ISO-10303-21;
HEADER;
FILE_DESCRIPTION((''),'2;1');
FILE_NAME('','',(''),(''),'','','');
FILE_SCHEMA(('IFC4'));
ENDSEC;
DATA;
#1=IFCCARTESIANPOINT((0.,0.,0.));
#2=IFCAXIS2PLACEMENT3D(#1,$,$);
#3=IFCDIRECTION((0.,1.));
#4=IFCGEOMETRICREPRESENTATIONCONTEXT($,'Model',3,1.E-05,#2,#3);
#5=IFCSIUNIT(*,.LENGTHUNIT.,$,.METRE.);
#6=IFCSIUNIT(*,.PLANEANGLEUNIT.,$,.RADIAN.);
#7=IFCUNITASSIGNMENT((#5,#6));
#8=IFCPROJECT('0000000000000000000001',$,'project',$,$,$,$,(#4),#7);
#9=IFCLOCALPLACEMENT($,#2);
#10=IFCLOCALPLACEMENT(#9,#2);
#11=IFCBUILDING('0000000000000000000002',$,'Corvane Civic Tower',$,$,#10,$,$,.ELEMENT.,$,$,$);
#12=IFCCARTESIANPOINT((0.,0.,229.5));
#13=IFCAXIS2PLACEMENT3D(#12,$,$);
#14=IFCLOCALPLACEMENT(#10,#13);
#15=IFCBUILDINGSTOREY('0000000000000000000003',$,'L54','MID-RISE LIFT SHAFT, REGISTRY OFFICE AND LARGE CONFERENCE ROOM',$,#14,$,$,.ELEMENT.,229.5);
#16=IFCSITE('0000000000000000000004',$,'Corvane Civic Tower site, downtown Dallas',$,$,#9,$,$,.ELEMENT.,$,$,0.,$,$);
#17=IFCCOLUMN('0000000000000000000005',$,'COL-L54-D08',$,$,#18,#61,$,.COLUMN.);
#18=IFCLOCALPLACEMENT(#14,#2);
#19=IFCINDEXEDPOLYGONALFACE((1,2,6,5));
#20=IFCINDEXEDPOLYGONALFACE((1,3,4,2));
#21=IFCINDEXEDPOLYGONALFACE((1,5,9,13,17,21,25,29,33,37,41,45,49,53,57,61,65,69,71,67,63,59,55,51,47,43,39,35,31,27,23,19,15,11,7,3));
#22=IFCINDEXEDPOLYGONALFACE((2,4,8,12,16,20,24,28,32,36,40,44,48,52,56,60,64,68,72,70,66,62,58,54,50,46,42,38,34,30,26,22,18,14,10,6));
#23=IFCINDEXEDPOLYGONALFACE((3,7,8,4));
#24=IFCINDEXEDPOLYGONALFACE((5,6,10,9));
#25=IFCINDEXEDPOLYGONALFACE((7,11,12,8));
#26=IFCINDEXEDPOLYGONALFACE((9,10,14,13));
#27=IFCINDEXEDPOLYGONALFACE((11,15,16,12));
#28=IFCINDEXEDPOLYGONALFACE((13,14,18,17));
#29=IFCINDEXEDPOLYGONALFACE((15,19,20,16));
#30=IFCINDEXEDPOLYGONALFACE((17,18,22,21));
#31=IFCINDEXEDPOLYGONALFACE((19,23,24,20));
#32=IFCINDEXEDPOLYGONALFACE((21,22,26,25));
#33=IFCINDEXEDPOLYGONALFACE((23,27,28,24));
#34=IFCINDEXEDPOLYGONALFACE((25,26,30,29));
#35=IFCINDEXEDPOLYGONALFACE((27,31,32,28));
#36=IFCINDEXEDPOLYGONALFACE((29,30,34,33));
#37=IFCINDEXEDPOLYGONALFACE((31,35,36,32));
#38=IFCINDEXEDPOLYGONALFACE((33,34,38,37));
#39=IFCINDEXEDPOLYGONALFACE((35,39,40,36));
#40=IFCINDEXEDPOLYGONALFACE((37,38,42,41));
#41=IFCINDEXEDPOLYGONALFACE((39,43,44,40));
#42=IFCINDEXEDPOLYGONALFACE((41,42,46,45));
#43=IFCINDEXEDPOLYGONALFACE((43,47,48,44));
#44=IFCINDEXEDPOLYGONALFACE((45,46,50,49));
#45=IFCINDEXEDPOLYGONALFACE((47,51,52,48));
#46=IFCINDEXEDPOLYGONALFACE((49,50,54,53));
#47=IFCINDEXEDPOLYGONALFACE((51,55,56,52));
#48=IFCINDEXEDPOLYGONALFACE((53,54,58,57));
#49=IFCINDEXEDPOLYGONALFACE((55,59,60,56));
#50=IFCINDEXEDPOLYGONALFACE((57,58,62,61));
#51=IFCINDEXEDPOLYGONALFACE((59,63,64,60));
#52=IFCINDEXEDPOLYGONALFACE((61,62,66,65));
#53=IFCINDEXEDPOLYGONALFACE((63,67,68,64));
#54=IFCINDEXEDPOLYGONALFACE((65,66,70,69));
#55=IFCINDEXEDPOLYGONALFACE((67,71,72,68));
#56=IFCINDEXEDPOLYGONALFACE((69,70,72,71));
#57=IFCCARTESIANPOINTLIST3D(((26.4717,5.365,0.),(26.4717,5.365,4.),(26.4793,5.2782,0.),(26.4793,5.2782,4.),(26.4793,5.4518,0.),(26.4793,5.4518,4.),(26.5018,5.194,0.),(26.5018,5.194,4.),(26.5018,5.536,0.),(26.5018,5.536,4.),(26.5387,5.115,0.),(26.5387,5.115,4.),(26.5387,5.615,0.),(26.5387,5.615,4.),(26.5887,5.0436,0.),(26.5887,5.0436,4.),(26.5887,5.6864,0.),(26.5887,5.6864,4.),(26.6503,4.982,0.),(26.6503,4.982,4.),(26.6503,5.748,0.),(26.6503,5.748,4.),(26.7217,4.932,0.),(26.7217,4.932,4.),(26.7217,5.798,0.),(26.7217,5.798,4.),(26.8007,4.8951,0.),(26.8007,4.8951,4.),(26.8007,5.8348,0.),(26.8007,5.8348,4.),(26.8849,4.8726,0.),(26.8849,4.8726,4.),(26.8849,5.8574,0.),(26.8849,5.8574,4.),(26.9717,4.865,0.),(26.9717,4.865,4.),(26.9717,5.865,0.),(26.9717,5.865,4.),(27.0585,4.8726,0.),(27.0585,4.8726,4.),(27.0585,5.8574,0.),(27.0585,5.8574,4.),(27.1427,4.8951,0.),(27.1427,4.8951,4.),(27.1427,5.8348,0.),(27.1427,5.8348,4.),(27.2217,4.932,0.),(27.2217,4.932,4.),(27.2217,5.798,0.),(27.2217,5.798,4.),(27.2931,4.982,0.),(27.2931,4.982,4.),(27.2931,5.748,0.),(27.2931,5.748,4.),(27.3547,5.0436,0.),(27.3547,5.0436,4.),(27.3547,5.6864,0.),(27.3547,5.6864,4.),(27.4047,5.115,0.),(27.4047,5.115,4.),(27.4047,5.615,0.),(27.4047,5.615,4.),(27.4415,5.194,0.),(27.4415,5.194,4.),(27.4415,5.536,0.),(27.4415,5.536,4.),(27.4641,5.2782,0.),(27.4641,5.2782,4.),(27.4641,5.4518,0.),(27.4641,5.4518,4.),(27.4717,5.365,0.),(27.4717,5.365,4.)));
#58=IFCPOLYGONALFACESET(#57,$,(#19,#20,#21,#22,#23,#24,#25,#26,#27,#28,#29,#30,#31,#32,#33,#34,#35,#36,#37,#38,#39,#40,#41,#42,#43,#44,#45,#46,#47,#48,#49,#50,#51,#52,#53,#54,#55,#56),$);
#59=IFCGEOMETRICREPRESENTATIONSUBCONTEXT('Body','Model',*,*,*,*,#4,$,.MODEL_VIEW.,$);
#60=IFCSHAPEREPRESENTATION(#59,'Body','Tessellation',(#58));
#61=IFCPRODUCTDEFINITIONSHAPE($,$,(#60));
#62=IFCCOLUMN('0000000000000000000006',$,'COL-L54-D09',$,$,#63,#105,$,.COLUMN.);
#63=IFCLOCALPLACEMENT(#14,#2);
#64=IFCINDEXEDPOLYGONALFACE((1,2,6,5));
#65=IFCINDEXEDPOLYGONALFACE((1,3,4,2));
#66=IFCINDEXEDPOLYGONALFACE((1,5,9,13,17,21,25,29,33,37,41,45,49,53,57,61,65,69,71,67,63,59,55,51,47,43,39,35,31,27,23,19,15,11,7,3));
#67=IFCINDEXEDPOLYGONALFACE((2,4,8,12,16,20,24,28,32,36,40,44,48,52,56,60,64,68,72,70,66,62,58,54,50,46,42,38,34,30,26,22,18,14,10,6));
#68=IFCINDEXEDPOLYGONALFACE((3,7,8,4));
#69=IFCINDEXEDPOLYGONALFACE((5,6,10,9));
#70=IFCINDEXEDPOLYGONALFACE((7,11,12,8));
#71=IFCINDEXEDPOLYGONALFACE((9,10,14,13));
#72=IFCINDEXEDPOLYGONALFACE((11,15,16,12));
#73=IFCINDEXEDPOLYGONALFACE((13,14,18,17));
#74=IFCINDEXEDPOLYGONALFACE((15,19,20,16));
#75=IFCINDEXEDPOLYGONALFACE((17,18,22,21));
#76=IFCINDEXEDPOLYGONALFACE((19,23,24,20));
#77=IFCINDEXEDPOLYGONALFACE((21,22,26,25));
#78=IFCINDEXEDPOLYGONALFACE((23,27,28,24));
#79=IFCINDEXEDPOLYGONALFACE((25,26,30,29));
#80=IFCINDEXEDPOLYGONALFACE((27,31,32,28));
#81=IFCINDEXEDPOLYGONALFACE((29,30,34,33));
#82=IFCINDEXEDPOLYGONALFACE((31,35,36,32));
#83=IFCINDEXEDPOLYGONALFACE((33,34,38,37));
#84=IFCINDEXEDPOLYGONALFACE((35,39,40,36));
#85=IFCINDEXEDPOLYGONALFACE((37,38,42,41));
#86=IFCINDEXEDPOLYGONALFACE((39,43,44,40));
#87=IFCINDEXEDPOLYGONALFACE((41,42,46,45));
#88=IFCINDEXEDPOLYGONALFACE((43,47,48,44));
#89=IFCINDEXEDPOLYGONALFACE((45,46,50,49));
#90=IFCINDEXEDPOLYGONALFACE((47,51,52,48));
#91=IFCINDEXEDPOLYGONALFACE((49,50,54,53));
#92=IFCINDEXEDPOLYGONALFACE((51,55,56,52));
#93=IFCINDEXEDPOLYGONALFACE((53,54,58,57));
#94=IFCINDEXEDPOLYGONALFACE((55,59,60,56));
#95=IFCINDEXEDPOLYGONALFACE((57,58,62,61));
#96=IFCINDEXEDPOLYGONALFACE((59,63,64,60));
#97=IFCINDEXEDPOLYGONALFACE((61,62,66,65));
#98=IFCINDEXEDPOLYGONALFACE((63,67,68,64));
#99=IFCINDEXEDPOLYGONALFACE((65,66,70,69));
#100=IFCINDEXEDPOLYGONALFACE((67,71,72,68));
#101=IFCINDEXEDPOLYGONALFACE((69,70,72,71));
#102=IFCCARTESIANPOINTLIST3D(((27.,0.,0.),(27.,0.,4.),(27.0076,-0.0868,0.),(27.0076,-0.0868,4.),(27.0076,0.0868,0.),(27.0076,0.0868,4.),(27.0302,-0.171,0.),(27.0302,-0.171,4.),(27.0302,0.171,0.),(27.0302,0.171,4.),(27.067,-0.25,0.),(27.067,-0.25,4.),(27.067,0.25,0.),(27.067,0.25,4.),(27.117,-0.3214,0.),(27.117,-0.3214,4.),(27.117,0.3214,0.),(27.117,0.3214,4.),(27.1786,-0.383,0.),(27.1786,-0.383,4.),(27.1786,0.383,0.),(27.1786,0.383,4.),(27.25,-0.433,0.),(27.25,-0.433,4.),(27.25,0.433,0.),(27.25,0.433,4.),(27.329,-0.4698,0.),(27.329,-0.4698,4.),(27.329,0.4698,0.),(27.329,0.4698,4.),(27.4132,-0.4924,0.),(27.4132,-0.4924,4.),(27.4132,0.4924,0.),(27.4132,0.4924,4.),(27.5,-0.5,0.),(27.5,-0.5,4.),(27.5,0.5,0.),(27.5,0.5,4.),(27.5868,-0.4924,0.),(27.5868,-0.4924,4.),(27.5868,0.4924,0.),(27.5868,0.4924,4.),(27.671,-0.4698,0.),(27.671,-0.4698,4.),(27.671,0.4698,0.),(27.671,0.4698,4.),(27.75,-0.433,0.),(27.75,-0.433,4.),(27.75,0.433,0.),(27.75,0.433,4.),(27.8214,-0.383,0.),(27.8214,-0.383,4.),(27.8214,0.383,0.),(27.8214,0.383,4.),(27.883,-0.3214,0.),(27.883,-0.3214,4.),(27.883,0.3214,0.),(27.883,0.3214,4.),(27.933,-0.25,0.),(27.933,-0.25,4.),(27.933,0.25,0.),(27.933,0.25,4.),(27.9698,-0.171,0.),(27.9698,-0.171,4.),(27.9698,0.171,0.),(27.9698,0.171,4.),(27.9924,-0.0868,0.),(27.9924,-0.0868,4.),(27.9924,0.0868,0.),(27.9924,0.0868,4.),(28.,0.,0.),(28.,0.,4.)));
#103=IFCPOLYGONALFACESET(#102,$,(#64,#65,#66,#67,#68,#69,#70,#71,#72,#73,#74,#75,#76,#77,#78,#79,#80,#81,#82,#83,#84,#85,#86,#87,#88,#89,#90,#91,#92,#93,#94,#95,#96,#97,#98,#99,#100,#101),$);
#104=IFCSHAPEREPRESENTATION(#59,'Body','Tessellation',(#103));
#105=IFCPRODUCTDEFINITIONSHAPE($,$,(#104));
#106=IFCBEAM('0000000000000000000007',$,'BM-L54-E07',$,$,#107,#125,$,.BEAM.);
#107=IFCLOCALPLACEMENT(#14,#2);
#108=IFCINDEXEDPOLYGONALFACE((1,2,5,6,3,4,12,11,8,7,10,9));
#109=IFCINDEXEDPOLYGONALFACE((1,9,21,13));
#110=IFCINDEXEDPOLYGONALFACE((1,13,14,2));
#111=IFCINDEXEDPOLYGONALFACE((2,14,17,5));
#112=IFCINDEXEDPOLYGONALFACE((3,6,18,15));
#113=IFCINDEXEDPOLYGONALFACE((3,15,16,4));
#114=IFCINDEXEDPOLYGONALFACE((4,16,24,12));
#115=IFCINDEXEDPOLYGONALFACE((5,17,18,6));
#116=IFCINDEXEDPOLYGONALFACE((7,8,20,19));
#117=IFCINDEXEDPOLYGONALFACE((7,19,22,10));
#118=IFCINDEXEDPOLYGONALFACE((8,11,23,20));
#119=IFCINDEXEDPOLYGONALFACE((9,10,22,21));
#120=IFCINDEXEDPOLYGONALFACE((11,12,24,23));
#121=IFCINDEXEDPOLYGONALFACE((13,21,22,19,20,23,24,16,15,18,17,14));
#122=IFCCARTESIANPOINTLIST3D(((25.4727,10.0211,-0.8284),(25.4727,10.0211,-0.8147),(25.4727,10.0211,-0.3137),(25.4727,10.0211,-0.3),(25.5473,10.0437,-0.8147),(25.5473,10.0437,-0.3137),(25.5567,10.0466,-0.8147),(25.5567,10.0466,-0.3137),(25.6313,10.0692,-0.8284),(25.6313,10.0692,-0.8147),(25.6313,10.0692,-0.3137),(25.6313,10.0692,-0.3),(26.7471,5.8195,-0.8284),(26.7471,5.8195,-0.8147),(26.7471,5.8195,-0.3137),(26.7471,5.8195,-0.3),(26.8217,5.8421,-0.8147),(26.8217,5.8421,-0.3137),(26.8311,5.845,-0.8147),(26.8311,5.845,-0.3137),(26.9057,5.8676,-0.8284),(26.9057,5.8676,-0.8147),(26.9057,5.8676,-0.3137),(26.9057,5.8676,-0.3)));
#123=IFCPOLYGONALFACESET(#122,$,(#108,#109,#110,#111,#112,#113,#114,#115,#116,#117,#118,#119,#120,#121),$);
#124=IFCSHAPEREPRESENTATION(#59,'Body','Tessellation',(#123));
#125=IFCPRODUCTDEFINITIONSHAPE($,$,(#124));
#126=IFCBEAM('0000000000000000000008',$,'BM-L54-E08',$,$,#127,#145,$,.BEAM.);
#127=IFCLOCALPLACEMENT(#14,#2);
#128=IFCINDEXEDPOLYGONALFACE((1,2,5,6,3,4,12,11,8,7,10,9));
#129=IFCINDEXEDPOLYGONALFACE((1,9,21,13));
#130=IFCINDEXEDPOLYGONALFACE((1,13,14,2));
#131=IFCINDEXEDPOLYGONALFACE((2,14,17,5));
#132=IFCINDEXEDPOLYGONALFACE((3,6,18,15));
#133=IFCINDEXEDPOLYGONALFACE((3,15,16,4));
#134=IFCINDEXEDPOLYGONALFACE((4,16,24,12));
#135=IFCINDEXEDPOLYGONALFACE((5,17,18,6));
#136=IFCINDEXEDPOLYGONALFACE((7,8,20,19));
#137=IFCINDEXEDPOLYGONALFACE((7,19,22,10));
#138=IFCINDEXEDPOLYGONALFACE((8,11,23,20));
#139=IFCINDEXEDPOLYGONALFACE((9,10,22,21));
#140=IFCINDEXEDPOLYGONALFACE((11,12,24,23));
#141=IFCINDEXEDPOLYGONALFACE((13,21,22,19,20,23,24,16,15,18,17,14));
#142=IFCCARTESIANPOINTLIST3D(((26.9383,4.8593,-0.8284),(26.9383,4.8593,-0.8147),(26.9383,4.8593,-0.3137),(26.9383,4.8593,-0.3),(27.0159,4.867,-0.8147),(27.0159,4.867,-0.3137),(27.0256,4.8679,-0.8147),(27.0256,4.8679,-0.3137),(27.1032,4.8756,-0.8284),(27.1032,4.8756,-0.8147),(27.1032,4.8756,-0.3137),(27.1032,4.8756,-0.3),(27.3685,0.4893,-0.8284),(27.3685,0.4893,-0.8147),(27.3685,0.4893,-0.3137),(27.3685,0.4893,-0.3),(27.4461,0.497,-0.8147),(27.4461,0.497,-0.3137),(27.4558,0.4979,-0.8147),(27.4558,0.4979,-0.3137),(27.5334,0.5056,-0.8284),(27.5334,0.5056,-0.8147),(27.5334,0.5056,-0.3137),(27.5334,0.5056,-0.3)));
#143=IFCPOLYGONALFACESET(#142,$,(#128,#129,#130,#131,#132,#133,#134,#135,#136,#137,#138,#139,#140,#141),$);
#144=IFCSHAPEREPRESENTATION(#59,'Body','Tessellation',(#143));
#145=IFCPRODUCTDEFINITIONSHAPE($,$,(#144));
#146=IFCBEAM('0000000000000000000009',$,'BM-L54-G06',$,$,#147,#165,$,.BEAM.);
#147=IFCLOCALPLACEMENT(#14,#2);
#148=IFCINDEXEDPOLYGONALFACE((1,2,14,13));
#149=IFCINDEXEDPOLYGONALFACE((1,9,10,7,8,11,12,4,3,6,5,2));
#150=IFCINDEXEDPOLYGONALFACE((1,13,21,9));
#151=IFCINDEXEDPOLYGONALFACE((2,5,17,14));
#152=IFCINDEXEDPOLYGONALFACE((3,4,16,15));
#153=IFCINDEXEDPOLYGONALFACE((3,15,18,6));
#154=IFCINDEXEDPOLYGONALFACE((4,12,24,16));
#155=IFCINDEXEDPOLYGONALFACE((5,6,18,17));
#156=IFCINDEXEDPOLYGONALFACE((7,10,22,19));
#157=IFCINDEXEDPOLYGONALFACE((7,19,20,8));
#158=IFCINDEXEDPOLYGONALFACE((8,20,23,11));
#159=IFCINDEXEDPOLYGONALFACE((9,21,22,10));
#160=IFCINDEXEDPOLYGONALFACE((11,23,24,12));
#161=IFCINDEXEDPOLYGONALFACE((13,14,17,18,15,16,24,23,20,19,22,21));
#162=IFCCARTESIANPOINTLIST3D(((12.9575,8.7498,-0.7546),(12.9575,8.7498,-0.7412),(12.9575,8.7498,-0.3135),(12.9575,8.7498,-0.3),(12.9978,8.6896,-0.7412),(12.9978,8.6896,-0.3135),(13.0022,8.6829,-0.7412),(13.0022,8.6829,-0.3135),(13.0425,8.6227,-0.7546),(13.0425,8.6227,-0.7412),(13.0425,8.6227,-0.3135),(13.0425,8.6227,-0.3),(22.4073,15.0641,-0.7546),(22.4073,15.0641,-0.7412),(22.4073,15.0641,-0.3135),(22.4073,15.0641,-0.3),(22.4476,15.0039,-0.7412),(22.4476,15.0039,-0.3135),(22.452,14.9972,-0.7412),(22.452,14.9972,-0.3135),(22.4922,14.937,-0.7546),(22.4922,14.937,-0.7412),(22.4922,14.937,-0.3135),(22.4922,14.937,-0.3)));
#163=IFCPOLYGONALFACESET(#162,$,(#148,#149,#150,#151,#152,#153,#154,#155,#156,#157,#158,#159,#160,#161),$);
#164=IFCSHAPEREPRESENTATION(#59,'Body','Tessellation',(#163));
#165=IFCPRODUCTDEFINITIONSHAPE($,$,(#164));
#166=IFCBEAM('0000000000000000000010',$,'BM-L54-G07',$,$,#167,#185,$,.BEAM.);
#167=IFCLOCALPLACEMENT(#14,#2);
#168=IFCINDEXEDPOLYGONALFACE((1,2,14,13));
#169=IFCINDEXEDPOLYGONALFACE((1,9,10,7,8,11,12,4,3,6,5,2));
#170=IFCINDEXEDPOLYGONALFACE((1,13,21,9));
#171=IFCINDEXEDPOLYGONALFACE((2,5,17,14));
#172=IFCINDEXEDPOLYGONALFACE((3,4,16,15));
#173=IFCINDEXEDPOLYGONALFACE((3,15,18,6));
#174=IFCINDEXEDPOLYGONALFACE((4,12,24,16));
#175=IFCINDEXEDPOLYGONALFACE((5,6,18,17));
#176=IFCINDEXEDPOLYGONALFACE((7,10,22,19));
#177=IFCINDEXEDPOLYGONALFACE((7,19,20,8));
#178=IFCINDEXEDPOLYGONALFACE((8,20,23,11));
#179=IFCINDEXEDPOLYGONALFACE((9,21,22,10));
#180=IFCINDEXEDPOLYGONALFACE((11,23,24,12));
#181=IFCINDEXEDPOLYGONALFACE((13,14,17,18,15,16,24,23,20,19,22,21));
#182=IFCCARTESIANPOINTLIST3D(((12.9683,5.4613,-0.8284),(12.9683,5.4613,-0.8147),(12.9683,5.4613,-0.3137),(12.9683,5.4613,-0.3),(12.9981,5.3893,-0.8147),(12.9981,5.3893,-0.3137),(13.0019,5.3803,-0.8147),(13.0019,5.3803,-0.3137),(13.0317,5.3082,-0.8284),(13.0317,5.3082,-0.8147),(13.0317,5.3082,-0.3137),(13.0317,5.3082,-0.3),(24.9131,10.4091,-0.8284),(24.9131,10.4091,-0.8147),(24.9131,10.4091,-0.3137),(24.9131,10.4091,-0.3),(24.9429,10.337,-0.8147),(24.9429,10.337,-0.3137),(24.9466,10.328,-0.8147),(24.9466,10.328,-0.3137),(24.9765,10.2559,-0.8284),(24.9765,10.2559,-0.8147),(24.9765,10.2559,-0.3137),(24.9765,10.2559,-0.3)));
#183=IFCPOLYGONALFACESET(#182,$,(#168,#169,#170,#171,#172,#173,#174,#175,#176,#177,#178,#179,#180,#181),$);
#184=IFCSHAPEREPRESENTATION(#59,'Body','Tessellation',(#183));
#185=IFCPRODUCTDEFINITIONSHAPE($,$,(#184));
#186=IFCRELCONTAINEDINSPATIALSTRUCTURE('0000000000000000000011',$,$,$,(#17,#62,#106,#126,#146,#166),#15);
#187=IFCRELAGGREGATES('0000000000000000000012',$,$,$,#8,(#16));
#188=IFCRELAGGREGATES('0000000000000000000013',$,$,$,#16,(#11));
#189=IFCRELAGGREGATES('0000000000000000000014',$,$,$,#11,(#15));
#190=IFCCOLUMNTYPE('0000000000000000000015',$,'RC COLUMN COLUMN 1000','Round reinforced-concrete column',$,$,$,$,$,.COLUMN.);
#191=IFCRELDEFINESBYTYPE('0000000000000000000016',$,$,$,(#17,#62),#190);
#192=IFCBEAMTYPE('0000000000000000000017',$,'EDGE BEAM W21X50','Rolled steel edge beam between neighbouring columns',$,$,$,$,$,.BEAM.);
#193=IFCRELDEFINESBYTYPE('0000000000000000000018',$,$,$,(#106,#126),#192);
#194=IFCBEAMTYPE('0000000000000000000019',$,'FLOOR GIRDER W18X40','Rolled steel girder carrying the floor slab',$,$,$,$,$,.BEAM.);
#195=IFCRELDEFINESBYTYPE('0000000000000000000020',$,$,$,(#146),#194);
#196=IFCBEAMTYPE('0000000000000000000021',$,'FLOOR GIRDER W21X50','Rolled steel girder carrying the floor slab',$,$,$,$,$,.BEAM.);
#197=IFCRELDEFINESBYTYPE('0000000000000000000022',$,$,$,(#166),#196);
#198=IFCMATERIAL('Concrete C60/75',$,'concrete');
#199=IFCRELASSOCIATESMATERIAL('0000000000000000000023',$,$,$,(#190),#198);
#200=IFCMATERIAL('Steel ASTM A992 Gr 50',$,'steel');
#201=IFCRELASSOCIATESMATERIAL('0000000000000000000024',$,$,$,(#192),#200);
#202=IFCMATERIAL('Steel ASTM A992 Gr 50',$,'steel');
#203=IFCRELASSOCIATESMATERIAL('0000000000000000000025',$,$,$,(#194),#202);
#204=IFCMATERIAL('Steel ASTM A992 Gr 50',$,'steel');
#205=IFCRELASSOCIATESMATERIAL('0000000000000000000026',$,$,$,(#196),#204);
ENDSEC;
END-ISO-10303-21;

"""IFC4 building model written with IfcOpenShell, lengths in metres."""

from ifc_helpers import new_model, si_unit, direction, frame, origin, origin_2d, place, context, subcontext, project, spatial, circle, i_section, extrude, material, material_profile, profile_set, type_object, element, save


model = new_model("IFC4")

# Units and contexts
model_context = context("Model", 3, precision=1e-05, world=origin(), true_north=direction((0.0, 1.0)))
body_context = subcontext(model_context, "Body", "Model", "MODEL_VIEW")
ifc_project = project(units=[si_unit("LENGTHUNIT", "METRE"), si_unit("PLANEANGLEUNIT", "RADIAN")], contexts=[model_context])

# Site, building, storey
site_placement = place(None, origin())
site = spatial("IfcSite", under=ifc_project, at=site_placement, Name="Corvane Civic Tower site, downtown Dallas", CompositionType="ELEMENT", RefElevation=0.0)
building_placement = place(site_placement, origin())
building = spatial("IfcBuilding", under=site, at=building_placement, Name="Corvane Civic Tower", CompositionType="ELEMENT")
storey_placement = place(building_placement, frame((0.0, 0.0, 229.5)))
storey = spatial("IfcBuildingStorey", under=building, at=storey_placement, Name="L54", Description="MID-RISE LIFT SHAFT, REGISTRY OFFICE AND LARGE CONFERENCE ROOM", CompositionType="ELEMENT", Elevation=229.5)

# Columns
ifc_material_1 = material(Name="Concrete C60/75", Category="concrete")
ifc_material_profile_1 = material_profile(ifc_material_1, circle(Radius=0.5, at=origin_2d()), Name="COLUMN 1000")
ifc_profile_set_1 = profile_set([ifc_material_profile_1], Name="Concrete C60/75")
column_type = type_object("IfcColumnType", Name="RC COLUMN COLUMN 1000", Description="Round reinforced-concrete column", PredefinedType="COLUMN", material=ifc_profile_set_1)
for number, where, z_axis, x_axis, name in (
    (1, (26.9717, 5.365, 0.0), (0.0, 0.0, 1.0), (1.0, 0.0, 0.0), "COL-L54-D08"),
    (2, (27.5, 0.0, 0.0), (0.0, 0.0, 1.0), (1.0, 0.0, 0.0), "COL-L54-D09"),
):
    element("IfcColumn", number, at=place(storey_placement, frame(where, z_axis=z_axis, x_axis=x_axis)), inside=storey, type_object=column_type, Name=name, PredefinedType="COLUMN", context=body_context, shape_type="SweptSolid", body=[
        extrude(circle(Radius=0.5, at=origin_2d()), origin(), (0.0, 0.0, 1.0), 4.0),
    ])

# Beams
ifc_material_2 = material(Name="Steel ASTM A992 Gr 50", Category="steel")
ifc_material_profile_2 = material_profile(ifc_material_2, i_section(OverallWidth=0.1658, OverallDepth=0.5283, WebThickness=0.0098, FlangeThickness=0.0137, at=origin_2d()), Name="W21X50")
ifc_profile_set_2 = profile_set([ifc_material_profile_2], Name="Steel ASTM A992 Gr 50")
beam_type_1 = type_object("IfcBeamType", Name="EDGE BEAM W21X50", Description="Rolled steel edge beam between neighbouring columns", PredefinedType="BEAM", material=ifc_profile_set_2)
beam_1_placement = place(storey_placement, frame((25.552, 10.0452, -0.5642), z_axis=(0.290254, -0.95695, 0.0), x_axis=(0.95695, 0.290254, 0.0)))
element("IfcBeam", 3, at=beam_1_placement, inside=storey, type_object=beam_type_1, Name="BM-L54-E07", PredefinedType="BEAM", context=body_context, shape_type="SweptSolid", body=[
    extrude(i_section(OverallWidth=0.1658, OverallDepth=0.5283, WebThickness=0.0098, FlangeThickness=0.0137, at=origin_2d()), origin(), (0.0, 0.0, 1.0), 4.3906),
])
beam_2_placement = place(storey_placement, frame((27.0208, 4.8674, -0.5642), z_axis=(0.097968, -0.99519, 0.0), x_axis=(0.99519, 0.097968, 0.0)))
element("IfcBeam", 4, at=beam_2_placement, inside=storey, type_object=beam_type_1, Name="BM-L54-E08", PredefinedType="BEAM", context=body_context, shape_type="SweptSolid", body=[
    extrude(i_section(OverallWidth=0.1658, OverallDepth=0.5283, WebThickness=0.0098, FlangeThickness=0.0137, at=origin_2d()), origin(), (0.0, 0.0, 1.0), 4.3911),
])
ifc_material_3 = material(Name="Steel ASTM A992 Gr 50", Category="steel")
ifc_material_profile_3 = material_profile(ifc_material_3, i_section(OverallWidth=0.1528, OverallDepth=0.4546, WebThickness=0.0081, FlangeThickness=0.0134, at=origin_2d()), Name="W18X40")
ifc_profile_set_3 = profile_set([ifc_material_profile_3], Name="Steel ASTM A992 Gr 50")
beam_type_2 = type_object("IfcBeamType", Name="FLOOR GIRDER W18X40", Description="Rolled steel girder carrying the floor slab", PredefinedType="BEAM", material=ifc_profile_set_3)
beam_3_placement = place(storey_placement, frame((13.0, 8.6863, -0.5273), z_axis=(0.831465, 0.555577, 0.0), x_axis=(-0.555577, 0.831465, 0.0)))
element("IfcBeam", 5, at=beam_3_placement, inside=storey, type_object=beam_type_2, Name="BM-L54-G06", PredefinedType="BEAM", context=body_context, shape_type="SweptSolid", body=[
    extrude(i_section(OverallWidth=0.1528, OverallDepth=0.4546, WebThickness=0.0081, FlangeThickness=0.0134, at=origin_2d()), origin(), (0.0, 0.0, 1.0), 11.3652),
])
ifc_material_4 = material(Name="Steel ASTM A992 Gr 50", Category="steel")
ifc_material_profile_4 = material_profile(ifc_material_4, i_section(OverallWidth=0.1658, OverallDepth=0.5283, WebThickness=0.0098, FlangeThickness=0.0137, at=origin_2d()), Name="W21X50")
ifc_profile_set_4 = profile_set([ifc_material_profile_4], Name="Steel ASTM A992 Gr 50")
beam_type_3 = type_object("IfcBeamType", Name="FLOOR GIRDER W21X50", Description="Rolled steel girder carrying the floor slab", PredefinedType="BEAM", material=ifc_profile_set_4)
beam_4_placement = place(storey_placement, frame((13.0, 5.3848, -0.5642), z_axis=(0.923878, 0.382686, 0.0), x_axis=(-0.382686, 0.923878, 0.0)))
element("IfcBeam", 6, at=beam_4_placement, inside=storey, type_object=beam_type_3, Name="BM-L54-G07", PredefinedType="BEAM", context=body_context, shape_type="SweptSolid", body=[
    extrude(i_section(OverallWidth=0.1658, OverallDepth=0.5283, WebThickness=0.0098, FlangeThickness=0.0137, at=origin_2d()), origin(), (0.0, 0.0, 1.0), 12.929),
])

save(model, "model.ifc")
